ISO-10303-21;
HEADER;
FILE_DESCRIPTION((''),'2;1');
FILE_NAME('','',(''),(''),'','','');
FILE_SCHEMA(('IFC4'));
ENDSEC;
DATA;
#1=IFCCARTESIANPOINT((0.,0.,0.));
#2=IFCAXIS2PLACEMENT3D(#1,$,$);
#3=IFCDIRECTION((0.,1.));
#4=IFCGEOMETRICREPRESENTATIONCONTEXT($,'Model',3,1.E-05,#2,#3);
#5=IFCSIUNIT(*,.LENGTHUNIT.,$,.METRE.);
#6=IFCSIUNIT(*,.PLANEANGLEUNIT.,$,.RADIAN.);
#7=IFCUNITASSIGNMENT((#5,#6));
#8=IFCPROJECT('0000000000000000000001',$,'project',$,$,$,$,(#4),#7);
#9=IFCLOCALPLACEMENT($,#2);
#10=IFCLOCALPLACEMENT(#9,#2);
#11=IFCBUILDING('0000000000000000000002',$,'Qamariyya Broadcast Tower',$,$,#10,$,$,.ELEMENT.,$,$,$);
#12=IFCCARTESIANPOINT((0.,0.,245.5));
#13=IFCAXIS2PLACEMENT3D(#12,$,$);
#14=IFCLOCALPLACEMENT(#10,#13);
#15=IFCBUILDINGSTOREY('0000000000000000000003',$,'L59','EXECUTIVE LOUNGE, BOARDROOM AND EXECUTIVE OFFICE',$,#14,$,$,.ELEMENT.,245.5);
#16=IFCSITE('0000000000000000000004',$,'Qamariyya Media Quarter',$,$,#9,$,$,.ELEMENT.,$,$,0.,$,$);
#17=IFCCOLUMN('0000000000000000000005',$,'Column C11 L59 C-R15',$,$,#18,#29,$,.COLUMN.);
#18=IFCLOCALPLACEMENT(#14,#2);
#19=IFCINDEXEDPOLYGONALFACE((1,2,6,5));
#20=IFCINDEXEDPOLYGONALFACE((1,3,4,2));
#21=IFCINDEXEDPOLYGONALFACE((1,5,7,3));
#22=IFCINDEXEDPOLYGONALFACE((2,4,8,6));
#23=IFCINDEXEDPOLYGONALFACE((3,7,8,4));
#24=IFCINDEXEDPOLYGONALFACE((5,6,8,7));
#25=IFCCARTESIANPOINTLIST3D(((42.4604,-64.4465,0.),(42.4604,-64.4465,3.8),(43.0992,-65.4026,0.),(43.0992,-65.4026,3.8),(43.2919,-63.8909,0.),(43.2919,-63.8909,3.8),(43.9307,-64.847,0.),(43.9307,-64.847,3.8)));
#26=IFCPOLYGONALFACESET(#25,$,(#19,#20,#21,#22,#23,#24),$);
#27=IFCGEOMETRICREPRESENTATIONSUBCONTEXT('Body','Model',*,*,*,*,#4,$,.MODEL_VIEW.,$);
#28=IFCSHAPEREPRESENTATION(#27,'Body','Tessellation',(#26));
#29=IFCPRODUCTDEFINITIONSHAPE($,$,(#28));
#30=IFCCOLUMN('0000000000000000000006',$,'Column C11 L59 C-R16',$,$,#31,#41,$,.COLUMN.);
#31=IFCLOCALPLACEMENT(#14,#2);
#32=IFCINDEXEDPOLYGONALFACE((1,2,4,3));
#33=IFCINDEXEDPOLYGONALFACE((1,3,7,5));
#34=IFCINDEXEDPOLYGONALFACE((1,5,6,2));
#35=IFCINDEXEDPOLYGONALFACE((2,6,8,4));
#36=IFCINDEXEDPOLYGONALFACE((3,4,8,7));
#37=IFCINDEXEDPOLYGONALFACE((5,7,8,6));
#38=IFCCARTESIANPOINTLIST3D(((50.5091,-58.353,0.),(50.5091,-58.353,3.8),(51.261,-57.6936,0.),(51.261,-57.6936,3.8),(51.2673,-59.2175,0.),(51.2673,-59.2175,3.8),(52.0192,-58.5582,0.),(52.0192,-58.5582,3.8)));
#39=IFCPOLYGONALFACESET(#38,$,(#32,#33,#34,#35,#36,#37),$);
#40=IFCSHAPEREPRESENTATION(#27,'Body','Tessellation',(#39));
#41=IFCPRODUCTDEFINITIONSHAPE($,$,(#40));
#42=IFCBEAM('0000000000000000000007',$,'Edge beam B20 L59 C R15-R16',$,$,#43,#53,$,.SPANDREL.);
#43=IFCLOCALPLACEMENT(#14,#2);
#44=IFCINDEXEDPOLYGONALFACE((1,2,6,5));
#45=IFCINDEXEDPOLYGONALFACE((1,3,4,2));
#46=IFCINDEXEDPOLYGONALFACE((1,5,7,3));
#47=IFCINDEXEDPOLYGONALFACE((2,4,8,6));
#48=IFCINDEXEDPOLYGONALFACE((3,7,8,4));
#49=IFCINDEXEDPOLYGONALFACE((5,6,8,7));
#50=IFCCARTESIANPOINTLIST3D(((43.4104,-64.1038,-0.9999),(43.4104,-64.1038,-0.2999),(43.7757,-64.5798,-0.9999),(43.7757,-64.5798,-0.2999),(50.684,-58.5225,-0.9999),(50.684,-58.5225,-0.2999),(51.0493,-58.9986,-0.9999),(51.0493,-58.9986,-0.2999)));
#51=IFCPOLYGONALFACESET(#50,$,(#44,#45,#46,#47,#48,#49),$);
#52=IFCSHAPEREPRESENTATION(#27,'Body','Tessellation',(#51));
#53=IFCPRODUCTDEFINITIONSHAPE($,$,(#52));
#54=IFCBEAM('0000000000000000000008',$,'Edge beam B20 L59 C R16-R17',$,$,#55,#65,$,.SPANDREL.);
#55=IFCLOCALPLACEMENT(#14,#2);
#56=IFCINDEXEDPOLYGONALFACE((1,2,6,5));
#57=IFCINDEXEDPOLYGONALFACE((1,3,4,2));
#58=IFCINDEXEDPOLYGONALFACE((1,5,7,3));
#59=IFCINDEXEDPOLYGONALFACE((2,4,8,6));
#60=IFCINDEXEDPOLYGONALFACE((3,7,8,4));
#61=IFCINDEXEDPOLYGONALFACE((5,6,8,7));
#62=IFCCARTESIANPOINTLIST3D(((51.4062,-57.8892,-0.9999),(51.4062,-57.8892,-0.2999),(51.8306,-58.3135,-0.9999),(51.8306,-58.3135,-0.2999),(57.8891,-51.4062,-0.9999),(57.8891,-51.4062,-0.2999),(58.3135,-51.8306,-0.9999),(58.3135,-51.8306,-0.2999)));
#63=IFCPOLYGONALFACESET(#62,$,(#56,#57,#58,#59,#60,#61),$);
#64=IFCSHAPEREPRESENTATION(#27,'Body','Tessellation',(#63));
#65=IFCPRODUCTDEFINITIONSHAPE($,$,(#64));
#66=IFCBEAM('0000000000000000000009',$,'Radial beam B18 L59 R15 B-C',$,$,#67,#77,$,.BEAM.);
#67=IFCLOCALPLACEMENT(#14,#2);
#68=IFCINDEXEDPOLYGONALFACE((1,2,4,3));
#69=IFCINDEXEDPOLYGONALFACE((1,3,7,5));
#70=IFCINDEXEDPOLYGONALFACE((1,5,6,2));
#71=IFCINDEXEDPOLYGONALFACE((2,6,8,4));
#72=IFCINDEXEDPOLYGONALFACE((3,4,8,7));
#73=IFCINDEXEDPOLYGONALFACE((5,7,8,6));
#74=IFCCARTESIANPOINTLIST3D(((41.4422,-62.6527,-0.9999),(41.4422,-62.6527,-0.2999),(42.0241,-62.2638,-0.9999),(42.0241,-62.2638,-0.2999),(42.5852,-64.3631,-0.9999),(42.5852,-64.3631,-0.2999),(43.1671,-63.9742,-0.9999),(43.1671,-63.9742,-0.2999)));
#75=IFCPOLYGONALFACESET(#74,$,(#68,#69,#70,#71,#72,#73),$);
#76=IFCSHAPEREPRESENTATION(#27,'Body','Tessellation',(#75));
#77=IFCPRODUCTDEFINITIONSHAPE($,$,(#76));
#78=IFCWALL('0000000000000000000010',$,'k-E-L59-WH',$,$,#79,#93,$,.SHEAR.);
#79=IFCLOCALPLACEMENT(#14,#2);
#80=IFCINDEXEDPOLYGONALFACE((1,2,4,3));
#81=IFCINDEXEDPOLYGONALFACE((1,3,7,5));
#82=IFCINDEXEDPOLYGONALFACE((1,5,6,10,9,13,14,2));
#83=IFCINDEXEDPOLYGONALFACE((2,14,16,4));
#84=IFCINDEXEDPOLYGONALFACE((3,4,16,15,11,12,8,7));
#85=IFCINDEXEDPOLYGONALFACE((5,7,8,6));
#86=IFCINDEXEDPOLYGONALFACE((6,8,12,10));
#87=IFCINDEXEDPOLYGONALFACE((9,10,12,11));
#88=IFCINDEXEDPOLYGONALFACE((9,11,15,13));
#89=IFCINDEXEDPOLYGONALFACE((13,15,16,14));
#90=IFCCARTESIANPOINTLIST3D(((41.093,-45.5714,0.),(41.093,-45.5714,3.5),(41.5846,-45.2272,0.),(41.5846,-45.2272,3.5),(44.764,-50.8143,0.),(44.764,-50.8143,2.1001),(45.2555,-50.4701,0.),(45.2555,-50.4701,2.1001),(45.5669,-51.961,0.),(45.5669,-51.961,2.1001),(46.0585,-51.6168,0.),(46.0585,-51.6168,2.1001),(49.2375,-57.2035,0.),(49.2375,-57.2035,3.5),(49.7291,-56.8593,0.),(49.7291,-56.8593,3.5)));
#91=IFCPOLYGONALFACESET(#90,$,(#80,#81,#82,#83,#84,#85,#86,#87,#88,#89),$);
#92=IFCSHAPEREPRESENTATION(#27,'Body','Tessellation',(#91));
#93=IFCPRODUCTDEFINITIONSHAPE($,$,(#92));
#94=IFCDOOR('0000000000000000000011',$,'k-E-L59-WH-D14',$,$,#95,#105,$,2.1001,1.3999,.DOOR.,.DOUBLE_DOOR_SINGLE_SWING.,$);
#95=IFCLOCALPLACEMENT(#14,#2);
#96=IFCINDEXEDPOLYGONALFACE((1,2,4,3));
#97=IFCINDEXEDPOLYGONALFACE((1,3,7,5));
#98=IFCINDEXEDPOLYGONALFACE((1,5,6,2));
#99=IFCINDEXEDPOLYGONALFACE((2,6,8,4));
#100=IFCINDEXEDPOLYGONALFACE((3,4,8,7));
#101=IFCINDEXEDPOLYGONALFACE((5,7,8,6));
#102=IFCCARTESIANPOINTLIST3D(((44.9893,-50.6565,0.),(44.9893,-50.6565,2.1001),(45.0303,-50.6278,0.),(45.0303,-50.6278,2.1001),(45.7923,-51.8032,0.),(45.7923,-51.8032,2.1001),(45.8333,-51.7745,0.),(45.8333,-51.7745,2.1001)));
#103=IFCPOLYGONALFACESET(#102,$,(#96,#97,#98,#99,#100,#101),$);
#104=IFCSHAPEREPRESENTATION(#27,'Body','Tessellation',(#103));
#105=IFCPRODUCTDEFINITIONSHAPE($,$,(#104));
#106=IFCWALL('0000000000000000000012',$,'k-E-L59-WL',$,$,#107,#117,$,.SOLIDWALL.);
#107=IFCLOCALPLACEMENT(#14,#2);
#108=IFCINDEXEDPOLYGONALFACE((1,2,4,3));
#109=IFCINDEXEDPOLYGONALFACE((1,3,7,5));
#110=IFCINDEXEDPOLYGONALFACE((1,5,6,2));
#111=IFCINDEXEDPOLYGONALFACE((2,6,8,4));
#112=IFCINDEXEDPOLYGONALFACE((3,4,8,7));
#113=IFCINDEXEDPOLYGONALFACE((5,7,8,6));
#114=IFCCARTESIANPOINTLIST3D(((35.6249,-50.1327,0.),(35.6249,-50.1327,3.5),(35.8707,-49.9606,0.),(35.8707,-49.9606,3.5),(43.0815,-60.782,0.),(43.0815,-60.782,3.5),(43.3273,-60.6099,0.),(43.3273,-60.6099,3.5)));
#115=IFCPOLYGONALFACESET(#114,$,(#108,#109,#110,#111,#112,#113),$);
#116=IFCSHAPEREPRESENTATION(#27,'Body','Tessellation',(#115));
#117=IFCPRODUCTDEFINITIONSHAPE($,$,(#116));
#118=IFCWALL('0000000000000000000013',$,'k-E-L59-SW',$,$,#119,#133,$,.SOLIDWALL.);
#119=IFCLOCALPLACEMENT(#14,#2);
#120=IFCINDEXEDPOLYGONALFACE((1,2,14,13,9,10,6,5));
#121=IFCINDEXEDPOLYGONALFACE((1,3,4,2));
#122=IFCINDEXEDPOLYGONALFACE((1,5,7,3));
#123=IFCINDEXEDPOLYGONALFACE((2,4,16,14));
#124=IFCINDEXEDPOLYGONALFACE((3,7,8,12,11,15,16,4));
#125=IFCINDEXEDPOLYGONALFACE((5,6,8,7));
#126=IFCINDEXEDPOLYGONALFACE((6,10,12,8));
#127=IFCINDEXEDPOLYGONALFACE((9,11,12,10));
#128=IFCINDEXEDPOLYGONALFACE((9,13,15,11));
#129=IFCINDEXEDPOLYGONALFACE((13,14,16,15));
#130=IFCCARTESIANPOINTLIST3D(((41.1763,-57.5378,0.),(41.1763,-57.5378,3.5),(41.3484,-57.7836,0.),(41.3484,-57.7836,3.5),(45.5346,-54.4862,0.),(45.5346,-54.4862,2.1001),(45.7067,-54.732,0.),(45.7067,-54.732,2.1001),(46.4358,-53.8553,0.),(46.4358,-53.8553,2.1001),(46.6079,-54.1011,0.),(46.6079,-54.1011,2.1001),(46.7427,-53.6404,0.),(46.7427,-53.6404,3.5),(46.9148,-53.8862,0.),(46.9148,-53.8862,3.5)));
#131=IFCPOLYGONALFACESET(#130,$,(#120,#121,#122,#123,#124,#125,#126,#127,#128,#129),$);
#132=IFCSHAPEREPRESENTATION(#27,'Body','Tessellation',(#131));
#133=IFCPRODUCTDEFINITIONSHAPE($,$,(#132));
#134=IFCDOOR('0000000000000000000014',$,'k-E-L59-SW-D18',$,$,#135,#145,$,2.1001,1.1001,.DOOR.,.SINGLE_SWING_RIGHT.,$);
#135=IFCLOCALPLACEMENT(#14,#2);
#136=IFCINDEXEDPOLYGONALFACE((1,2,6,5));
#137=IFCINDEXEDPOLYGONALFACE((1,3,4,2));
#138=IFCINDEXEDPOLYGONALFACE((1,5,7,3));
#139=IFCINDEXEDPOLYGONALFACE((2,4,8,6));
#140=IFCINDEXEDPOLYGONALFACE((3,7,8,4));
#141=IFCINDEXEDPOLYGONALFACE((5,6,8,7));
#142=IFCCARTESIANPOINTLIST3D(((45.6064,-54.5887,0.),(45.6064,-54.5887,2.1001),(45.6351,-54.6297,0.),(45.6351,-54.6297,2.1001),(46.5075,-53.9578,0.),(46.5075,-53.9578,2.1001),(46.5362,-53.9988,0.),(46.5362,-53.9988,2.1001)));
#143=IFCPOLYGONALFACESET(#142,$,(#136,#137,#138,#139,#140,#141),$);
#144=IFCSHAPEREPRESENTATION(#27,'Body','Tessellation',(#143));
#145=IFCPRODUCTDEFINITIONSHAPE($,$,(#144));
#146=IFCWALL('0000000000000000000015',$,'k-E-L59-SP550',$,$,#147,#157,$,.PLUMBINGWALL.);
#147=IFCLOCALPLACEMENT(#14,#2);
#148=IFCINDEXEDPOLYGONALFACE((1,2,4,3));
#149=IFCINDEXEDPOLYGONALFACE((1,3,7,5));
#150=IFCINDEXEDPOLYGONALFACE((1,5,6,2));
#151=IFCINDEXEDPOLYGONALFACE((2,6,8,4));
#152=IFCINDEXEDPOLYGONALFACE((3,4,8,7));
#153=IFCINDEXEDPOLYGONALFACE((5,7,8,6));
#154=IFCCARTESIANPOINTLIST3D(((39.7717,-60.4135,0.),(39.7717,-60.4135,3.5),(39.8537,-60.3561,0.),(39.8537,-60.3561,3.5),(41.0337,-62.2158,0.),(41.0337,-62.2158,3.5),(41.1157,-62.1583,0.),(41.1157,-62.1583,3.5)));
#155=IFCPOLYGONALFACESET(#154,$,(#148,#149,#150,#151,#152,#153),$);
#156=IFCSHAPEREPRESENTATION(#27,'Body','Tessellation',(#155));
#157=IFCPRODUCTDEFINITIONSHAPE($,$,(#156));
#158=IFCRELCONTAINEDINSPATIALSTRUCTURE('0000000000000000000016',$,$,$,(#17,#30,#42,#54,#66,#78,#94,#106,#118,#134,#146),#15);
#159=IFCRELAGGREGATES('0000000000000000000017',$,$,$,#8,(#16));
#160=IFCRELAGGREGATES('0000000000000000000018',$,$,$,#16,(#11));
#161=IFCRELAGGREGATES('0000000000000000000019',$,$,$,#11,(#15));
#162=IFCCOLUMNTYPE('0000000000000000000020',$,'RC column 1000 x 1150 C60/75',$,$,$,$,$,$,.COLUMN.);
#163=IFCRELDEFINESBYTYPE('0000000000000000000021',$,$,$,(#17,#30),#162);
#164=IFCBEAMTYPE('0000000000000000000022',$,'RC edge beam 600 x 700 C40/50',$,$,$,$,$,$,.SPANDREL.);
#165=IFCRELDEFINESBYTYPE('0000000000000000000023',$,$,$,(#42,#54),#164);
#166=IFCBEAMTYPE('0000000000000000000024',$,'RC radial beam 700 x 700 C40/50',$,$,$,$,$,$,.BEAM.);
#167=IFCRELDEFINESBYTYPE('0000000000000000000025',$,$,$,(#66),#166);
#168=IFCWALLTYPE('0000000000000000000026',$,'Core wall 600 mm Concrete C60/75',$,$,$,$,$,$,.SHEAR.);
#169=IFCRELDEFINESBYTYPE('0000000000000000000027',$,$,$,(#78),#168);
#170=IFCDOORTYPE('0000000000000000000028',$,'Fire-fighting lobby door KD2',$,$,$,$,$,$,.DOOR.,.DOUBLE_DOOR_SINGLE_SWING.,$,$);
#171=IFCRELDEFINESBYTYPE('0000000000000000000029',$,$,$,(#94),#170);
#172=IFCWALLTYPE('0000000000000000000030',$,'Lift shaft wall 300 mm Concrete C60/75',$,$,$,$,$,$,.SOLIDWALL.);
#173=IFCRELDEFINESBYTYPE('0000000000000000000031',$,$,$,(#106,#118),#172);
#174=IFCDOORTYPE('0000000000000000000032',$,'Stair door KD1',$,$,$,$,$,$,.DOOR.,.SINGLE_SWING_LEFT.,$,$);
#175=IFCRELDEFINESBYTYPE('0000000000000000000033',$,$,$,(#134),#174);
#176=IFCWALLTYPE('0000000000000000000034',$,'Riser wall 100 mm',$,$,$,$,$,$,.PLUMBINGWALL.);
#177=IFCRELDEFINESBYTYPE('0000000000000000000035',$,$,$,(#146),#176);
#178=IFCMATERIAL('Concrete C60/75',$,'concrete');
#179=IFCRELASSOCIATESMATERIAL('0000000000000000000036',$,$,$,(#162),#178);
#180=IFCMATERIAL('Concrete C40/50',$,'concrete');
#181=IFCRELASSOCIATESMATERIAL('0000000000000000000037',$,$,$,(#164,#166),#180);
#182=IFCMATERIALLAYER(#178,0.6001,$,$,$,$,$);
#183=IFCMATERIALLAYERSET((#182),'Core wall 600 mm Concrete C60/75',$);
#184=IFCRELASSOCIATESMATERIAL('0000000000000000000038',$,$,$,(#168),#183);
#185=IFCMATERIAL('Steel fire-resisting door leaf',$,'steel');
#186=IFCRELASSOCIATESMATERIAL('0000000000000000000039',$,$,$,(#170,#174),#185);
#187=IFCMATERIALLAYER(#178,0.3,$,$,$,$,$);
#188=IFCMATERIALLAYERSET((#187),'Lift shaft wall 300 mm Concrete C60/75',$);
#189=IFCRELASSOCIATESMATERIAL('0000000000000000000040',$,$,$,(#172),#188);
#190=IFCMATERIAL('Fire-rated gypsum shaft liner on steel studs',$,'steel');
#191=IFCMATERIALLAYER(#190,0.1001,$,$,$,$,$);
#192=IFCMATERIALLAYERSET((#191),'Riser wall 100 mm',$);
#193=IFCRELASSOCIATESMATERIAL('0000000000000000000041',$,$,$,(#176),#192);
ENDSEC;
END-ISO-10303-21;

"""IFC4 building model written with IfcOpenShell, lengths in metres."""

from ifc_helpers import new_model, si_unit, direction, frame, frame_2d, origin, origin_2d, place, context, subcontext, project, spatial, rectangle, extrude, material, layer, layer_set, material_profile, profile_set, type_object, element, fill, save


model = new_model("IFC4")

# Units and contexts
model_context = context("Model", 3, precision=1e-05, world=origin(), true_north=direction((0.0, 1.0)))
body_context = subcontext(model_context, "Body", "Model", "MODEL_VIEW")
ifc_project = project(units=[si_unit("LENGTHUNIT", "METRE"), si_unit("PLANEANGLEUNIT", "RADIAN")], contexts=[model_context])

# Site, building, storey
site_placement = place(None, origin())
site = spatial("IfcSite", under=ifc_project, at=site_placement, Name="Qamariyya Media Quarter", CompositionType="ELEMENT", RefElevation=0.0)
building_placement = place(site_placement, origin())
building = spatial("IfcBuilding", under=site, at=building_placement, Name="Qamariyya Broadcast Tower", CompositionType="ELEMENT")
storey_placement = place(building_placement, frame((0.0, 0.0, 245.5)))
storey = spatial("IfcBuildingStorey", under=building, at=storey_placement, Name="L59", Description="EXECUTIVE LOUNGE, BOARDROOM AND EXECUTIVE OFFICE", CompositionType="ELEMENT", Elevation=245.5)

# Columns
ifc_material_1 = material(Name="Concrete C60/75", Category="concrete")
ifc_material_profile_1 = material_profile(ifc_material_1, rectangle(XDim=1.0, YDim=1.1499, at=origin_2d()))
ifc_profile_set_1 = profile_set([ifc_material_profile_1], Name="Concrete C60/75")
column_type = type_object("IfcColumnType", Name="RC column 1000 x 1150 C60/75", PredefinedType="COLUMN", material=ifc_profile_set_1)
for number, where, z_axis, x_axis, name in (
    (1, (43.1956, -64.6467, 0.0), (0.0, 0.0, 1.0), (0.83147, 0.55557, 0.0), "Column C11 L59 C-R15"),
    (2, (51.2642, -58.4556, 0.0), (0.0, 0.0, 1.0), (0.75184, 0.659346, 0.0), "Column C11 L59 C-R16"),
):
    element("IfcColumn", number, at=place(storey_placement, frame(where, z_axis=z_axis, x_axis=x_axis)), inside=storey, type_object=column_type, Name=name, PredefinedType="COLUMN", context=body_context, shape_type="SweptSolid", body=[
        extrude(rectangle(XDim=1.0, YDim=1.1499, at=origin_2d()), origin(), (0.0, 0.0, 1.0), 3.8),
    ])

# Beams
ifc_material_2 = material(Name="Concrete C40/50", Category="concrete")
ifc_material_profile_2 = material_profile(ifc_material_2, rectangle(XDim=0.6001, YDim=0.7, at=origin_2d()))
ifc_profile_set_2 = profile_set([ifc_material_profile_2], Name="Concrete C40/50")
beam_type_1 = type_object("IfcBeamType", Name="RC edge beam 600 x 700 C40/50", PredefinedType="SPANDREL", material=ifc_profile_set_2)
for number, where, z_axis, x_axis, name in (
    (3, (43.593, -64.3418, -0.6499), (0.793353, 0.608762, 0.0), (-0.608762, 0.793353, 0.0), "Edge beam B20 L59 C R15-R16"),
    (4, (51.6184, -58.1013, -0.6499), (0.707107, 0.707107, 0.0), (-0.707107, 0.707107, 0.0), "Edge beam B20 L59 C R16-R17"),
):
    element("IfcBeam", number, at=place(storey_placement, frame(where, z_axis=z_axis, x_axis=x_axis)), inside=storey, type_object=beam_type_1, Name=name, PredefinedType="SPANDREL", context=body_context, shape_type="SweptSolid", body=[
        extrude(rectangle(XDim=0.6001, YDim=0.7, at=origin_2d()), origin(), (0.0, 0.0, 1.0), 9.1682),
    ])
ifc_material_profile_3 = material_profile(ifc_material_2, rectangle(XDim=0.7, YDim=0.7, at=origin_2d()))
ifc_profile_set_3 = profile_set([ifc_material_profile_3], Name="Concrete C40/50")
beam_type_2 = type_object("IfcBeamType", Name="RC radial beam 700 x 700 C40/50", PredefinedType="BEAM", material=ifc_profile_set_3)
beam_placement = place(storey_placement, frame((41.7332, -62.4583, -0.6499), z_axis=(0.555631, -0.831429, 0.0), x_axis=(0.831429, 0.555631, 0.0)))
element("IfcBeam", 5, at=beam_placement, inside=storey, type_object=beam_type_2, Name="Radial beam B18 L59 R15 B-C", PredefinedType="BEAM", context=body_context, shape_type="SweptSolid", body=[
    extrude(rectangle(XDim=0.7, YDim=0.7, at=origin_2d()), origin(), (0.0, 0.0, 1.0), 2.0571),
])

# Wall, opening, door
ifc_layer_1 = layer(ifc_material_1, 0.6001)
ifc_layer_set_1 = layer_set([ifc_layer_1], Name="Core wall 600 mm Concrete C60/75")
wall_type_1 = type_object("IfcWallType", Name="Core wall 600 mm Concrete C60/75", PredefinedType="SHEAR", material=ifc_layer_set_1)
wall_1_placement = place(storey_placement, frame((49.4834, -57.0315, 0.0), z_axis=(0.0, 0.0, 1.0), x_axis=(-0.57356, 0.819163, 0.0)))
wall_1 = element("IfcWall", 6, at=wall_1_placement, inside=storey, type_object=wall_type_1, Name="k-E-L59-WH", PredefinedType="SHEAR", context=body_context, shape_type="SweptSolid", body=[
    extrude(rectangle(XDim=14.2, YDim=0.6001, at=frame_2d((7.1001, 0.0))), origin(), (0.0, 0.0, 1.0), 3.5),
])
opening_1_placement = place(wall_1_placement, frame((6.3999, 0.0, 0.0)))
opening_1 = element("IfcOpeningElement", 7, at=opening_1_placement, cuts=wall_1, PredefinedType="OPENING", context=body_context, shape_type="SweptSolid", body=[
    extrude(rectangle(XDim=1.3999, YDim=2.1001, at=frame_2d((0.7, 1.05))), frame((0.0, 0.3101, 0.0), z_axis=(0.0, -1.0, 0.0), x_axis=(1.0, 0.0, 0.0)), (0.0, 0.0, 1.0), 0.6201),
])
ifc_material_3 = material(Name="Steel fire-resisting door leaf", Category="steel")
door_type_1 = type_object("IfcDoorType", Name="Fire-fighting lobby door KD2", OperationType="DOUBLE_DOOR_SINGLE_SWING", PredefinedType="DOOR", material=ifc_material_3)
door_1_placement = place(opening_1_placement, origin())
door_1 = element("IfcDoor", 8, at=door_1_placement, inside=storey, type_object=door_type_1, Name="k-E-L59-WH-D14", OperationType="DOUBLE_DOOR_SINGLE_SWING", OverallHeight=2.1001, OverallWidth=1.3999, PredefinedType="DOOR", context=body_context, shape_type="SweptSolid", body=[
    extrude(rectangle(XDim=1.3999, YDim=2.1001, at=frame_2d((0.7, 1.05))), frame((0.0, 0.0249, 0.0), z_axis=(0.0, -1.0, 0.0), x_axis=(1.0, 0.0, 0.0)), (0.0, 0.0, 1.0), 0.05),
])
fill(opening_1, door_1)

# Wall
ifc_layer_2 = layer(ifc_material_1, 0.3)
ifc_layer_set_2 = layer_set([ifc_layer_2], Name="Lift shaft wall 300 mm Concrete C60/75")
wall_type_2 = type_object("IfcWallType", Name="Lift shaft wall 300 mm Concrete C60/75", PredefinedType="SOLIDWALL", material=ifc_layer_set_2)
wall_2_placement = place(storey_placement, frame((43.2043, -60.6958, 0.0), z_axis=(0.0, 0.0, 1.0), x_axis=(-0.573572, 0.819155, 0.0)))
element("IfcWall", 9, at=wall_2_placement, inside=storey, type_object=wall_type_2, Name="k-E-L59-WL", PredefinedType="SOLIDWALL", context=body_context, shape_type="SweptSolid", body=[
    extrude(rectangle(XDim=13.0002, YDim=0.3, at=frame_2d((6.5, 0.0))), origin(), (0.0, 0.0, 1.0), 3.5),
])

# Wall, opening, door
wall_3_placement = place(storey_placement, frame((41.2625, -57.6606, 0.0), z_axis=(0.0, 0.0, 1.0), x_axis=(0.819164, 0.573559, 0.0)))
wall_3 = element("IfcWall", 10, at=wall_3_placement, inside=storey, type_object=wall_type_2, Name="k-E-L59-SW", PredefinedType="SOLIDWALL", context=body_context, shape_type="SweptSolid", body=[
    extrude(rectangle(XDim=6.7952, YDim=0.3, at=frame_2d((3.3975, 0.0))), origin(), (0.0, 0.0, 1.0), 3.5),
])
opening_2_placement = place(wall_3_placement, frame((5.3203, 0.0, 0.0)))
opening_2 = element("IfcOpeningElement", 11, at=opening_2_placement, cuts=wall_3, PredefinedType="OPENING", context=body_context, shape_type="SweptSolid", body=[
    extrude(rectangle(XDim=1.1001, YDim=2.1001, at=frame_2d((0.55, 1.05))), frame((0.0, 0.1599, 0.0), z_axis=(0.0, -1.0, 0.0), x_axis=(1.0, 0.0, 0.0)), (0.0, 0.0, 1.0), 0.3201),
])
door_type_2 = type_object("IfcDoorType", Name="Stair door KD1", OperationType="SINGLE_SWING_LEFT", PredefinedType="DOOR", material=ifc_material_3)
door_2_placement = place(opening_2_placement, origin())
door_2 = element("IfcDoor", 12, at=door_2_placement, inside=storey, type_object=door_type_2, Name="k-E-L59-SW-D18", OperationType="SINGLE_SWING_RIGHT", OverallHeight=2.1001, OverallWidth=1.1001, PredefinedType="DOOR", context=body_context, shape_type="SweptSolid", body=[
    extrude(rectangle(XDim=1.1001, YDim=2.1001, at=frame_2d((0.55, 1.05))), frame((0.0, 0.0249, 0.0), z_axis=(0.0, -1.0, 0.0), x_axis=(1.0, 0.0, 0.0)), (0.0, 0.0, 1.0), 0.05),
])
fill(opening_2, door_2)

# Wall
ifc_material_4 = material(Name="Fire-rated gypsum shaft liner on steel studs", Category="steel")
ifc_layer_3 = layer(ifc_material_4, 0.1001)
ifc_layer_set_3 = layer_set([ifc_layer_3], Name="Riser wall 100 mm")
wall_type_3 = type_object("IfcWallType", Name="Riser wall 100 mm", PredefinedType="PLUMBINGWALL", material=ifc_layer_set_3)
wall_4_placement = place(storey_placement, frame((39.8127, -60.3848, 0.0), z_axis=(0.0, 0.0, 1.0), x_axis=(0.573581, -0.819149, 0.0)))
element("IfcWall", 13, at=wall_4_placement, inside=storey, type_object=wall_type_3, Name="k-E-L59-SP550", PredefinedType="PLUMBINGWALL", context=body_context, shape_type="SweptSolid", body=[
    extrude(rectangle(XDim=2.2002, YDim=0.1001, at=frame_2d((1.1001, 0.0))), origin(), (0.0, 0.0, 1.0), 3.5),
])

save(model, "model.ifc")
